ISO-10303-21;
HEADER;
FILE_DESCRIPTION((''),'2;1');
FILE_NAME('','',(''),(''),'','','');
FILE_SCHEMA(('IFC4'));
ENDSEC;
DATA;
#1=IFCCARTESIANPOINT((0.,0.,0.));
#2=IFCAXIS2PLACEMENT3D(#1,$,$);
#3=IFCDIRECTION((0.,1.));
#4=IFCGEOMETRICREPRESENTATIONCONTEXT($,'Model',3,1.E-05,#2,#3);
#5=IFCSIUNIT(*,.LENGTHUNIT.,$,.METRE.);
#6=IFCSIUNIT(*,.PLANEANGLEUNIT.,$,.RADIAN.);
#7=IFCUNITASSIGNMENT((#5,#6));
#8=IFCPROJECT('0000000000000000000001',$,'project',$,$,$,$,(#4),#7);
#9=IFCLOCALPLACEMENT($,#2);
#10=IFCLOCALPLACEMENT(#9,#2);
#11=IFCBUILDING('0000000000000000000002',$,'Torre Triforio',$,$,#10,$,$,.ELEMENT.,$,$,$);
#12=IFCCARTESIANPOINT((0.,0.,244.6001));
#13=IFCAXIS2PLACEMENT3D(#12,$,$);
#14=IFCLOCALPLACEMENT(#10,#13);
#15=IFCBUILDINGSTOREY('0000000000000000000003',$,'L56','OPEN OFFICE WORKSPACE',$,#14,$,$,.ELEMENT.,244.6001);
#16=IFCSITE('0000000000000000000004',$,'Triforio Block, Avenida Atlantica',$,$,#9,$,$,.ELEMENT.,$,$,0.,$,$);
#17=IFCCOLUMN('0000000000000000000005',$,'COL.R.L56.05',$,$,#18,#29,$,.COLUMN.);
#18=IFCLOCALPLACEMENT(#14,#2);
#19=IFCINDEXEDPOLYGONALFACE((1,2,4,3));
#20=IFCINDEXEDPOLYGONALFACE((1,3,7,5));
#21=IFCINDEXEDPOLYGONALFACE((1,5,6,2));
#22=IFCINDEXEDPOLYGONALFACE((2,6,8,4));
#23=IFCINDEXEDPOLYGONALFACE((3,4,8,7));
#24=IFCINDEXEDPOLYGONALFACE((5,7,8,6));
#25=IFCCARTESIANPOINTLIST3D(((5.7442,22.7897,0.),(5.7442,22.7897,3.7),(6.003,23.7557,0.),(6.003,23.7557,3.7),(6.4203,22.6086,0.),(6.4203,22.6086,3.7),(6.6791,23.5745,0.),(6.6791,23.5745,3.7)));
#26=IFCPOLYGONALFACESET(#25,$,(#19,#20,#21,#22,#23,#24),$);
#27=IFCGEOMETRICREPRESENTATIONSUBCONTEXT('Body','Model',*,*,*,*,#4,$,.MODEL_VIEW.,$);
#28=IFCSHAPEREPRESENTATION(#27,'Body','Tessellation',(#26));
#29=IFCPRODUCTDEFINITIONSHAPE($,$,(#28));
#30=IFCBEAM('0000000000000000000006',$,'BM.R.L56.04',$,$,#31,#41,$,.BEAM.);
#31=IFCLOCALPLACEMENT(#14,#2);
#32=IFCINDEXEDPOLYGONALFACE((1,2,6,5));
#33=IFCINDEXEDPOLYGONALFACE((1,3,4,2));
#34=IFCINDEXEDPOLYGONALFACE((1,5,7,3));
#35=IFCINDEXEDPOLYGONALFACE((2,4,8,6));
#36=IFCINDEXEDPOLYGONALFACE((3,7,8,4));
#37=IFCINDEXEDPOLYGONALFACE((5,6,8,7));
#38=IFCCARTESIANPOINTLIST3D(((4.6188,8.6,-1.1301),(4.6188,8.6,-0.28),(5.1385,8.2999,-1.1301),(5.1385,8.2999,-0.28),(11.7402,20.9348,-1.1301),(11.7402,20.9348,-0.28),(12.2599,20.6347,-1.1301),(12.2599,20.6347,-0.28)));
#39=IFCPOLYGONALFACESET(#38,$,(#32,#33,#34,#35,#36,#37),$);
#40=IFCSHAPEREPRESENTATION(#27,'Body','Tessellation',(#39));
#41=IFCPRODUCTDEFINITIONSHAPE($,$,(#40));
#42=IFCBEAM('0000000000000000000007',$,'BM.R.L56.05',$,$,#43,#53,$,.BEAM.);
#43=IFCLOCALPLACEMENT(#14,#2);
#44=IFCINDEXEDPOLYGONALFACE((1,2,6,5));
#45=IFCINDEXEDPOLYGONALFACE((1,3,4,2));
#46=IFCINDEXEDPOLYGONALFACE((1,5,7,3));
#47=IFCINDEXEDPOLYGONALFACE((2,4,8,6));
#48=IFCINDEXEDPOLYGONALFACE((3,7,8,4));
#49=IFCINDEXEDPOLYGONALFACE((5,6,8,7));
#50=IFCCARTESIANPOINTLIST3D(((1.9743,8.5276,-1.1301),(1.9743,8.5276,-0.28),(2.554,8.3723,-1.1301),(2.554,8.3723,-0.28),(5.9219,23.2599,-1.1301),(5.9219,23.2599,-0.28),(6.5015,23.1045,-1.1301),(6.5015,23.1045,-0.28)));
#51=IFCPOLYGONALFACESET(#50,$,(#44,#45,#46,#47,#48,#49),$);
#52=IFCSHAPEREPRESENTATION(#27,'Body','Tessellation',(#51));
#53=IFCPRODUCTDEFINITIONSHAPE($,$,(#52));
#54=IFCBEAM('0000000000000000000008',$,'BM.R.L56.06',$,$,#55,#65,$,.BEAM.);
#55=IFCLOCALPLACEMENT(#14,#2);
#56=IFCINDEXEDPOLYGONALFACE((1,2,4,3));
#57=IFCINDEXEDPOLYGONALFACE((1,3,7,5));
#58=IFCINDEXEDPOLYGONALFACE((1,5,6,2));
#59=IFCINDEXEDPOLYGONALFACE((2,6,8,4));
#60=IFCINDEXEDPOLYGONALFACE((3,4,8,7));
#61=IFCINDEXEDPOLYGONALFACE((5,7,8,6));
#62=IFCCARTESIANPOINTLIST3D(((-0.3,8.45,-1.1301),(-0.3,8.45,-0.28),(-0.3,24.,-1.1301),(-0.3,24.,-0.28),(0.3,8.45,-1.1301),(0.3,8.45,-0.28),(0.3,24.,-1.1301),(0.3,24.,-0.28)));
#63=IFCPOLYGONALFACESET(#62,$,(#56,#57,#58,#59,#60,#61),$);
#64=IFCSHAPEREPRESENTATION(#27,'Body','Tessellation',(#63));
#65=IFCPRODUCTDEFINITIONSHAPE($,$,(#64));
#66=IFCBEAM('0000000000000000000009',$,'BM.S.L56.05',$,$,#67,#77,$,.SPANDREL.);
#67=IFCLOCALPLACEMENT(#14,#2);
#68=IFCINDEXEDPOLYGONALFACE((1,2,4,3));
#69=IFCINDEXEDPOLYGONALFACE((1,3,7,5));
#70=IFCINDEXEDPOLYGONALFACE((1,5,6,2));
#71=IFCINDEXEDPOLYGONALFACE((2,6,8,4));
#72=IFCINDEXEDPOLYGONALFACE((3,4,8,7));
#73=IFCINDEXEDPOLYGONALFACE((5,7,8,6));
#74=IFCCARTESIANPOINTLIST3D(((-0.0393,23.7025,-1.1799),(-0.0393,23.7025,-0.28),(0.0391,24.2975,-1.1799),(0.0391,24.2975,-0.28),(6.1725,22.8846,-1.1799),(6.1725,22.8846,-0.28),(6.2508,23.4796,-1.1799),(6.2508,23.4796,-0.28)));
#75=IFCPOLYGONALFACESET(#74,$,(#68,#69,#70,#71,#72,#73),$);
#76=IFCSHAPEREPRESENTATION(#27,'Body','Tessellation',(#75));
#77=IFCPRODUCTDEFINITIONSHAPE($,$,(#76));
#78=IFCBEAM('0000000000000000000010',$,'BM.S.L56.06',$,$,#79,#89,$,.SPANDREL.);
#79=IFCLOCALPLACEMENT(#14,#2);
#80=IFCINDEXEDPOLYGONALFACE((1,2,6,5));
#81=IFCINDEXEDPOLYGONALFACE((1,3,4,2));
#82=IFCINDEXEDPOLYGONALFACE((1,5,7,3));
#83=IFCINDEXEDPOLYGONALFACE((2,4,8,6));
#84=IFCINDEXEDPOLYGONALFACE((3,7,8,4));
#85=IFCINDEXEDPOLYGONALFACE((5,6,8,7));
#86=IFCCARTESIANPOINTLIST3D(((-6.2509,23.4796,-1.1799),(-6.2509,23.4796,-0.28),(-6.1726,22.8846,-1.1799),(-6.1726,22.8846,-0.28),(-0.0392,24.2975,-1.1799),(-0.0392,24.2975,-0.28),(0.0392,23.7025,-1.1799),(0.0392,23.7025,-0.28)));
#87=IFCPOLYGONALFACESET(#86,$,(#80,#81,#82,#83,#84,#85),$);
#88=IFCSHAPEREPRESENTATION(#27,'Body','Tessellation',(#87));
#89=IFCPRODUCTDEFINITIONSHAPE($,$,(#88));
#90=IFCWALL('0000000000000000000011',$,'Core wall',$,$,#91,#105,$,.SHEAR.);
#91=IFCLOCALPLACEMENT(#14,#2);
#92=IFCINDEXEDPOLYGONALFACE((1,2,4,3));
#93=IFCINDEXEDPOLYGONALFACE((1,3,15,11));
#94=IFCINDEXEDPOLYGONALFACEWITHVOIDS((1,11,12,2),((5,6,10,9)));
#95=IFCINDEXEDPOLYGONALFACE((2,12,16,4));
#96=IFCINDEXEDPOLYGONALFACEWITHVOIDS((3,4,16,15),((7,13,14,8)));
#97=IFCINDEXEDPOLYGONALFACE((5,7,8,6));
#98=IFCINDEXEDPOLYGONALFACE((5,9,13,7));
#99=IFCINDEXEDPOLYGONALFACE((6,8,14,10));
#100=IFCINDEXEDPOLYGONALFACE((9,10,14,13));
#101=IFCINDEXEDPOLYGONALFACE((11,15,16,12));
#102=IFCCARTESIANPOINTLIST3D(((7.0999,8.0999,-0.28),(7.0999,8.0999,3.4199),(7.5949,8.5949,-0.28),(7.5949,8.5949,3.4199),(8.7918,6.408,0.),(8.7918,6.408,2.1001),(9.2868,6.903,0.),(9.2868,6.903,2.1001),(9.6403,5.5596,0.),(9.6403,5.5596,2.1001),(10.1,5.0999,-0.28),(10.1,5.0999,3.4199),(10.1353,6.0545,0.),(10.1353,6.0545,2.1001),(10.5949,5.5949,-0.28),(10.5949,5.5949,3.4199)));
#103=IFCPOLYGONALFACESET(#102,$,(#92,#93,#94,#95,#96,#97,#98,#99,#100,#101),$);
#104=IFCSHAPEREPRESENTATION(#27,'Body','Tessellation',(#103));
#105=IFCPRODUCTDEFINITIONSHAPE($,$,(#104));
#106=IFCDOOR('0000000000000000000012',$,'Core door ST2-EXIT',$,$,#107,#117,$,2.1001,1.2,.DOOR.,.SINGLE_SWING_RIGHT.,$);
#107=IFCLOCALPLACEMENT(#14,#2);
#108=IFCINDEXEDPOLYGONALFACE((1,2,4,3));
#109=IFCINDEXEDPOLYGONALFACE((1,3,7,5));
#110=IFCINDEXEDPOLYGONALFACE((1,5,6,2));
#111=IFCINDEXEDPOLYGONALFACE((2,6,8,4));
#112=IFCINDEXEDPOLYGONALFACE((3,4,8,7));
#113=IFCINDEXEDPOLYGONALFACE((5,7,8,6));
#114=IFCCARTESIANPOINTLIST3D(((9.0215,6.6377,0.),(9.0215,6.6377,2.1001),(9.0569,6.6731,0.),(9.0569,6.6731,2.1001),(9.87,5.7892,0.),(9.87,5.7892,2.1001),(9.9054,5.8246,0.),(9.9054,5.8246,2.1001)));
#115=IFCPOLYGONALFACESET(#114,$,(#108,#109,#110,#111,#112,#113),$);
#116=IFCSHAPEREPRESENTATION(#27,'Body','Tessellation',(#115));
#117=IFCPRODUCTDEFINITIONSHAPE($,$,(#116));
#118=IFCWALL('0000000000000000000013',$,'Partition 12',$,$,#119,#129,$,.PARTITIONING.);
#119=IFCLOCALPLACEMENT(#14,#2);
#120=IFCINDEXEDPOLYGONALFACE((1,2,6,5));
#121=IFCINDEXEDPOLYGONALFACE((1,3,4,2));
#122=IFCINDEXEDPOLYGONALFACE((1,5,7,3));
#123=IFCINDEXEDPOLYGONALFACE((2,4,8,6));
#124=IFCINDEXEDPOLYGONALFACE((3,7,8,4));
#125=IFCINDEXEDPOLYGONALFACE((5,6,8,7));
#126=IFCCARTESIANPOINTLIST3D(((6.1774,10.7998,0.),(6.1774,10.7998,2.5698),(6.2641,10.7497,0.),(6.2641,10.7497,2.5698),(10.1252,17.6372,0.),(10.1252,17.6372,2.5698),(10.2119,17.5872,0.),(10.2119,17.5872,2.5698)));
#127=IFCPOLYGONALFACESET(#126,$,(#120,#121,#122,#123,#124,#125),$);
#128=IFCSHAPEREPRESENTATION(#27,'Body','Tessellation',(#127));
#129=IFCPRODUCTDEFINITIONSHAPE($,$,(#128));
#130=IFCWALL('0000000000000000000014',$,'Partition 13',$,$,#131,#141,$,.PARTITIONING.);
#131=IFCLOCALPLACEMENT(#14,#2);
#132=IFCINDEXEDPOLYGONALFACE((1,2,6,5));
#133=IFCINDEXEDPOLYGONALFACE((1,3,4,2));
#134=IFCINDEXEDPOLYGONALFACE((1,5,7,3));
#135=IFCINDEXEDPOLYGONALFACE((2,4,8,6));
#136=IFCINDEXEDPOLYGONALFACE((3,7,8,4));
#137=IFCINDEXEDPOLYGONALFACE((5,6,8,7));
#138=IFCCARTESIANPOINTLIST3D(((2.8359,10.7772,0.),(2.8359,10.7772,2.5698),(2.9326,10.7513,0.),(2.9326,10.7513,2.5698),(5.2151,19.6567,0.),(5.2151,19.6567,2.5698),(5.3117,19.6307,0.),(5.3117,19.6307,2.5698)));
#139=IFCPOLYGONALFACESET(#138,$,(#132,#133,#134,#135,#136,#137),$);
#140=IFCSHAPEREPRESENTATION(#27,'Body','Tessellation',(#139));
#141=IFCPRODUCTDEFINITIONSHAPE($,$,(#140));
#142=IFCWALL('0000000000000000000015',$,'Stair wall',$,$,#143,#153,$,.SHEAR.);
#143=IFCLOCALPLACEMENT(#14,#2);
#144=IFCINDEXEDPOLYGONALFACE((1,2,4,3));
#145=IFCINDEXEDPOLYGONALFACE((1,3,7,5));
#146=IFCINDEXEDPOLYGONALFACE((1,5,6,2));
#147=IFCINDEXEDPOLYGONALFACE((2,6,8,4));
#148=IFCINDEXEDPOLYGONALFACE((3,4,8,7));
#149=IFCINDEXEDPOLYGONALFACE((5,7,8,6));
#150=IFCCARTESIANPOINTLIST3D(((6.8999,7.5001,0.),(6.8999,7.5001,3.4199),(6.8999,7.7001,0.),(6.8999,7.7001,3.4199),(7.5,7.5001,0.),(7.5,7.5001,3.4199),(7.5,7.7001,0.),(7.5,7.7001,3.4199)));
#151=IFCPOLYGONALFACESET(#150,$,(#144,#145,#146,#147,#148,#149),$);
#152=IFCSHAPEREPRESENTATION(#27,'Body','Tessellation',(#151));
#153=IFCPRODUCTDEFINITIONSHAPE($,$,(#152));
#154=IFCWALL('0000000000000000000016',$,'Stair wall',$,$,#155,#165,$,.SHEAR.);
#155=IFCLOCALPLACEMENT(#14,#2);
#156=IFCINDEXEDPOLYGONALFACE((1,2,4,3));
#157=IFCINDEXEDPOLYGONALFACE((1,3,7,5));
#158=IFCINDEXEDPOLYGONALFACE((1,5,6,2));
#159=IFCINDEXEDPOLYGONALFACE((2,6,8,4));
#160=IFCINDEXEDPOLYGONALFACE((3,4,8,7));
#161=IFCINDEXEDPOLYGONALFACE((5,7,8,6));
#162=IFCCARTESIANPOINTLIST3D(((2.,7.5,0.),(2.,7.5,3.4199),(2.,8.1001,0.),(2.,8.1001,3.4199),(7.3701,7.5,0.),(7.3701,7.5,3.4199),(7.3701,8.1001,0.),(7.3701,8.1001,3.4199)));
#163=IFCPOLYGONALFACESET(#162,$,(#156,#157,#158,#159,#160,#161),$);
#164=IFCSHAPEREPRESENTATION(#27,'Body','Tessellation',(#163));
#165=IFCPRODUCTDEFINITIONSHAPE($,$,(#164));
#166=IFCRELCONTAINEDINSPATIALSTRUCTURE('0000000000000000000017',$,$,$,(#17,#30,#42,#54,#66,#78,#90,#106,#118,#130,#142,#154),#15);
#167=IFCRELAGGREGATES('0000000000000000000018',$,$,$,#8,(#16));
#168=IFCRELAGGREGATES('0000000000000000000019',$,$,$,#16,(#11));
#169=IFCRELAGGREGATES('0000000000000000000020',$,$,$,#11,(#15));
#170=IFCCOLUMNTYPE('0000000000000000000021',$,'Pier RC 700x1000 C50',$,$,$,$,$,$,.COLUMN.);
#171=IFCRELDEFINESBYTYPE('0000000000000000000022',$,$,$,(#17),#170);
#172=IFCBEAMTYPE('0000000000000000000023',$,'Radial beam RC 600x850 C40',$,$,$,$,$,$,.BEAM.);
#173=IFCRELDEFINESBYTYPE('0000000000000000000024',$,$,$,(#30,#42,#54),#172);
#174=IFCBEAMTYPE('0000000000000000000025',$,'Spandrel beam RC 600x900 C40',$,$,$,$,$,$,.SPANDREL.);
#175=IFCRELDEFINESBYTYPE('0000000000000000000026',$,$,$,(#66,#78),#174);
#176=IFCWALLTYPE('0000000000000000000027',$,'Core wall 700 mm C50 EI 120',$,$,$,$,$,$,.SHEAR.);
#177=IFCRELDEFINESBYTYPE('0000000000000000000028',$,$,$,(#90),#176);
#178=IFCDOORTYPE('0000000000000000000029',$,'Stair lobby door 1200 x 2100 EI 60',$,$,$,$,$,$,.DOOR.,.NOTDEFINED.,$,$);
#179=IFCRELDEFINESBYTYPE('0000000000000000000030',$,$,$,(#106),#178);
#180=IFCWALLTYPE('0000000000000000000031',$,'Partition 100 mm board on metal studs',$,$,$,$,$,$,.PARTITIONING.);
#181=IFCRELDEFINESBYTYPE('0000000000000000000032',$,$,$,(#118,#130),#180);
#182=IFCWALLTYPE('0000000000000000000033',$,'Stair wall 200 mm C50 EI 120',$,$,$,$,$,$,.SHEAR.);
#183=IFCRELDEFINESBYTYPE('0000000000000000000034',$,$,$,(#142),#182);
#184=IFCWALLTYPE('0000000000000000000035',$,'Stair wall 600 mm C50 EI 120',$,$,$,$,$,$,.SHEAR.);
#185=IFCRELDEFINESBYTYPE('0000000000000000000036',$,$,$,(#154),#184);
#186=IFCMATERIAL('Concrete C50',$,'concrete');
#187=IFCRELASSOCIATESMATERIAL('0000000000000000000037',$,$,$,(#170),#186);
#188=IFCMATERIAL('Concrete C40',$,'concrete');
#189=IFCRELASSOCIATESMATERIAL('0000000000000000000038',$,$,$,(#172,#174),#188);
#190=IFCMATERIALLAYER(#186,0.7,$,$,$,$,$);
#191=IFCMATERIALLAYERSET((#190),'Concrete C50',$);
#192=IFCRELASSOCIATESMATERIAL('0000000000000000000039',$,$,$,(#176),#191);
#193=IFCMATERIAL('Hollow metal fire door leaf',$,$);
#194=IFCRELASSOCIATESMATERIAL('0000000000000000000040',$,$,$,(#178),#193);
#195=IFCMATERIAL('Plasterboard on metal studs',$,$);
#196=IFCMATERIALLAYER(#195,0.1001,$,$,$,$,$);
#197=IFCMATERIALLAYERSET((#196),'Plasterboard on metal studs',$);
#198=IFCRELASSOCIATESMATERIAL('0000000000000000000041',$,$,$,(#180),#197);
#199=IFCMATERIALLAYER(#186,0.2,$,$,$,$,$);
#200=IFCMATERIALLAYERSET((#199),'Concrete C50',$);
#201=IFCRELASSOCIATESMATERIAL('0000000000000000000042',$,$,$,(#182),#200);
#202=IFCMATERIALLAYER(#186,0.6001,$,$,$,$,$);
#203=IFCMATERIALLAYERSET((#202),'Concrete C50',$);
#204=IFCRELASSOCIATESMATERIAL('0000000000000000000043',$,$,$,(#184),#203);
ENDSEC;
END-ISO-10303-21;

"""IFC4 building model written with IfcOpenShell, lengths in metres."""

from ifc_helpers import new_model, si_unit, direction, frame, frame_2d, origin, origin_2d, place, context, subcontext, project, spatial, rectangle, extrude, material, layer, layer_set, material_profile, profile_set, type_object, element, fill, save


model = new_model("IFC4")

# Units and contexts
model_context = context("Model", 3, precision=1e-05, world=origin(), true_north=direction((0.0, 1.0)))
body_context = subcontext(model_context, "Body", "Model", "MODEL_VIEW")
ifc_project = project(units=[si_unit("LENGTHUNIT", "METRE"), si_unit("PLANEANGLEUNIT", "RADIAN")], contexts=[model_context])

# Site, building, storey
site_placement = place(None, origin())
site = spatial("IfcSite", under=ifc_project, at=site_placement, Name="Triforio Block, Avenida Atlantica", CompositionType="ELEMENT", RefElevation=0.0)
building_placement = place(site_placement, origin())
building = spatial("IfcBuilding", under=site, at=building_placement, Name="Torre Triforio", CompositionType="ELEMENT")
storey_placement = place(building_placement, frame((0.0, 0.0, 244.6001)))
storey = spatial("IfcBuildingStorey", under=building, at=storey_placement, Name="L56", Description="OPEN OFFICE WORKSPACE", CompositionType="ELEMENT", Elevation=244.6001)

# Column
ifc_material_1 = material(Name="Concrete C50", Category="concrete")
ifc_material_profile_1 = material_profile(ifc_material_1, rectangle(XDim=0.7, YDim=1.0, at=origin_2d()), Name="RC 700x1000")
ifc_profile_set_1 = profile_set([ifc_material_profile_1], Name="Concrete C50")
column_type = type_object("IfcColumnType", Name="Pier RC 700x1000 C50", PredefinedType="COLUMN", material=ifc_profile_set_1)
column_placement = place(storey_placement, frame((6.2117, 23.1821, 0.0), z_axis=(0.0, 0.0, 1.0), x_axis=(-0.965926, 0.258819, 0.0)))
element("IfcColumn", 1, at=column_placement, inside=storey, type_object=column_type, Name="COL.R.L56.05", PredefinedType="COLUMN", context=body_context, shape_type="SweptSolid", body=[
    extrude(rectangle(XDim=0.7, YDim=1.0, at=origin_2d()), origin(), (0.0, 0.0, 1.0), 3.7),
])

# Beams
ifc_material_2 = material(Name="Concrete C40", Category="concrete")
ifc_material_profile_2 = material_profile(ifc_material_2, rectangle(XDim=0.6001, YDim=0.8501, at=origin_2d()), Name="RC 600x850")
ifc_profile_set_2 = profile_set([ifc_material_profile_2], Name="Concrete C40")
beam_type_1 = type_object("IfcBeamType", Name="Radial beam RC 600x850 C40", PredefinedType="BEAM", material=ifc_profile_set_2)
beam_1_placement = place(storey_placement, frame((4.8787, 8.45, -0.7051), z_axis=(0.499994, 0.866029, 0.0), x_axis=(-0.866029, 0.499994, 0.0)))
element("IfcBeam", 2, at=beam_1_placement, inside=storey, type_object=beam_type_1, Name="BM.R.L56.04", PredefinedType="BEAM", context=body_context, shape_type="SweptSolid", body=[
    extrude(rectangle(XDim=0.6001, YDim=0.8501, at=origin_2d()), origin(), (0.0, 0.0, 1.0), 14.2429),
])
beam_2_placement = place(storey_placement, frame((2.2642, 8.45, -0.7051), z_axis=(0.258821, 0.965925, 0.0), x_axis=(-0.965925, 0.258821, 0.0)))
element("IfcBeam", 3, at=beam_2_placement, inside=storey, type_object=beam_type_1, Name="BM.R.L56.05", PredefinedType="BEAM", context=body_context, shape_type="SweptSolid", body=[
    extrude(rectangle(XDim=0.6001, YDim=0.8501, at=origin_2d()), origin(), (0.0, 0.0, 1.0), 15.252),
])
beam_3_placement = place(storey_placement, frame((0.0, 8.45, -0.7051), z_axis=(0.0, 1.0, 0.0), x_axis=(-1.0, 0.0, 0.0)))
element("IfcBeam", 4, at=beam_3_placement, inside=storey, type_object=beam_type_1, Name="BM.R.L56.06", PredefinedType="BEAM", context=body_context, shape_type="SweptSolid", body=[
    extrude(rectangle(XDim=0.6001, YDim=0.8501, at=origin_2d()), origin(), (0.0, 0.0, 1.0), 15.55),
])
ifc_material_profile_3 = material_profile(ifc_material_2, rectangle(XDim=0.6001, YDim=0.8999, at=origin_2d()), Name="RC 600x900")
ifc_profile_set_3 = profile_set([ifc_material_profile_3], Name="Concrete C40")
beam_type_2 = type_object("IfcBeamType", Name="Spandrel beam RC 600x900 C40", PredefinedType="SPANDREL", material=ifc_profile_set_3)
for number, where, z_axis, x_axis, name in (
    (5, (6.2117, 23.1821, -0.73), (-0.991443, 0.13054, 0.0), (-0.13054, -0.991443, 0.0), "BM.S.L56.05"),
    (6, (0.0, 24.0, -0.73), (-0.991443, -0.13054, 0.0), (0.13054, -0.991443, 0.0), "BM.S.L56.06"),
):
    element("IfcBeam", number, at=place(storey_placement, frame(where, z_axis=z_axis, x_axis=x_axis)), inside=storey, type_object=beam_type_2, Name=name, PredefinedType="SPANDREL", context=body_context, shape_type="SweptSolid", body=[
        extrude(rectangle(XDim=0.6001, YDim=0.8999, at=origin_2d()), origin(), (0.0, 0.0, 1.0), 6.2654),
    ])

# Wall, opening, door
ifc_layer_1 = layer(ifc_material_1, 0.7)
ifc_layer_set_1 = layer_set([ifc_layer_1], Name="Concrete C50")
wall_type_1 = type_object("IfcWallType", Name="Core wall 700 mm C50 EI 120", PredefinedType="SHEAR", material=ifc_layer_set_1)
wall_1_placement = place(storey_placement, frame((7.3474, 8.3474, -0.28), z_axis=(0.0, 0.0, 1.0), x_axis=(0.707107, -0.707107, 0.0)))
wall_1 = element("IfcWall", 7, at=wall_1_placement, inside=storey, type_object=wall_type_1, Name="Core wall", PredefinedType="SHEAR", context=body_context, shape_type="SweptSolid", body=[
    extrude(rectangle(XDim=4.2427, YDim=0.7, at=frame_2d((2.1213, 0.0))), origin(), (0.0, 0.0, 1.0), 3.7),
])
opening_1_placement = place(wall_1_placement, frame((2.3926, 0.0, 0.28)))
opening_1 = element("IfcOpeningElement", 8, at=opening_1_placement, cuts=wall_1, PredefinedType="OPENING", context=body_context, shape_type="SweptSolid", body=[
    extrude(rectangle(XDim=1.2, YDim=2.1001, at=frame_2d((0.6001, 1.05))), frame((0.0, 0.3599, 0.0), z_axis=(0.0, -1.0, 0.0), x_axis=(1.0, 0.0, 0.0)), (0.0, 0.0, 1.0), 0.72),
])
ifc_material_3 = material(Name="Hollow metal fire door leaf")
door_type_1 = type_object("IfcDoorType", Name="Stair lobby door 1200 x 2100 EI 60", OperationType="NOTDEFINED", PredefinedType="DOOR", material=ifc_material_3)
door_1_placement = place(opening_1_placement, origin())
door_1 = element("IfcDoor", 9, at=door_1_placement, inside=storey, type_object=door_type_1, Name="Core door ST2-EXIT", OperationType="SINGLE_SWING_RIGHT", OverallHeight=2.1001, OverallWidth=1.2, PredefinedType="DOOR", context=body_context, shape_type="SweptSolid", body=[
    extrude(rectangle(XDim=1.2, YDim=2.1001, at=frame_2d((0.6001, 1.05))), frame((0.0, 0.0249, 0.0), z_axis=(0.0, -1.0, 0.0), x_axis=(1.0, 0.0, 0.0)), (0.0, 0.0, 1.0), 0.05),
])
fill(opening_1, door_1)

# Walls
ifc_material_4 = material(Name="Plasterboard on metal studs")
ifc_layer_2 = layer(ifc_material_4, 0.1001)
ifc_layer_set_2 = layer_set([ifc_layer_2], Name="Plasterboard on metal studs")
wall_type_2 = type_object("IfcWallType", Name="Partition 100 mm board on metal studs", PredefinedType="PARTITIONING", material=ifc_layer_set_2)
wall_2_placement = place(storey_placement, frame((6.2207, 10.7747, 0.0), z_axis=(0.0, 0.0, 1.0), x_axis=(0.500017, 0.866016, 0.0)))
element("IfcWall", 10, at=wall_2_placement, inside=storey, type_object=wall_type_2, Name="Partition 12", PredefinedType="PARTITIONING", context=body_context, shape_type="SweptSolid", body=[
    extrude(rectangle(XDim=7.8953, YDim=0.1001, at=frame_2d((3.9478, 0.0))), origin(), (0.0, 0.0, 1.0), 2.5698),
])
wall_3_placement = place(storey_placement, frame((2.8843, 10.7644, 0.0), z_axis=(0.0, 0.0, 1.0), x_axis=(0.258811, 0.965928, 0.0)))
element("IfcWall", 11, at=wall_3_placement, inside=storey, type_object=wall_type_2, Name="Partition 13", PredefinedType="PARTITIONING", context=body_context, shape_type="SweptSolid", body=[
    extrude(rectangle(XDim=9.1926, YDim=0.1001, at=frame_2d((4.5962, 0.0))), origin(), (0.0, 0.0, 1.0), 2.5698),
])
ifc_layer_3 = layer(ifc_material_1, 0.2)
ifc_layer_set_3 = layer_set([ifc_layer_3], Name="Concrete C50")
wall_type_3 = type_object("IfcWallType", Name="Stair wall 200 mm C50 EI 120", PredefinedType="SHEAR", material=ifc_layer_set_3)
wall_4_placement = place(storey_placement, frame((6.8999, 7.6001, 0.0), z_axis=(0.0, 0.0, 1.0), x_axis=(1.0, 0.0, 0.0)))
element("IfcWall", 12, at=wall_4_placement, inside=storey, type_object=wall_type_3, Name="Stair wall", PredefinedType="SHEAR", context=body_context, shape_type="SweptSolid", body=[
    extrude(rectangle(XDim=0.6001, YDim=0.2, at=frame_2d((0.3, 0.0))), origin(), (0.0, 0.0, 1.0), 3.4199),
])
ifc_layer_4 = layer(ifc_material_1, 0.6001)
ifc_layer_set_4 = layer_set([ifc_layer_4], Name="Concrete C50")
wall_type_4 = type_object("IfcWallType", Name="Stair wall 600 mm C50 EI 120", PredefinedType="SHEAR", material=ifc_layer_set_4)
wall_5_placement = place(storey_placement, frame((2.0, 7.8, 0.0), z_axis=(0.0, 0.0, 1.0), x_axis=(1.0, 0.0, 0.0)))
element("IfcWall", 13, at=wall_5_placement, inside=storey, type_object=wall_type_4, Name="Stair wall", PredefinedType="SHEAR", context=body_context, shape_type="SweptSolid", body=[
    extrude(rectangle(XDim=5.3701, YDim=0.6001, at=frame_2d((2.6851, 0.0))), origin(), (0.0, 0.0, 1.0), 3.4199),
])

save(model, "model.ifc")
